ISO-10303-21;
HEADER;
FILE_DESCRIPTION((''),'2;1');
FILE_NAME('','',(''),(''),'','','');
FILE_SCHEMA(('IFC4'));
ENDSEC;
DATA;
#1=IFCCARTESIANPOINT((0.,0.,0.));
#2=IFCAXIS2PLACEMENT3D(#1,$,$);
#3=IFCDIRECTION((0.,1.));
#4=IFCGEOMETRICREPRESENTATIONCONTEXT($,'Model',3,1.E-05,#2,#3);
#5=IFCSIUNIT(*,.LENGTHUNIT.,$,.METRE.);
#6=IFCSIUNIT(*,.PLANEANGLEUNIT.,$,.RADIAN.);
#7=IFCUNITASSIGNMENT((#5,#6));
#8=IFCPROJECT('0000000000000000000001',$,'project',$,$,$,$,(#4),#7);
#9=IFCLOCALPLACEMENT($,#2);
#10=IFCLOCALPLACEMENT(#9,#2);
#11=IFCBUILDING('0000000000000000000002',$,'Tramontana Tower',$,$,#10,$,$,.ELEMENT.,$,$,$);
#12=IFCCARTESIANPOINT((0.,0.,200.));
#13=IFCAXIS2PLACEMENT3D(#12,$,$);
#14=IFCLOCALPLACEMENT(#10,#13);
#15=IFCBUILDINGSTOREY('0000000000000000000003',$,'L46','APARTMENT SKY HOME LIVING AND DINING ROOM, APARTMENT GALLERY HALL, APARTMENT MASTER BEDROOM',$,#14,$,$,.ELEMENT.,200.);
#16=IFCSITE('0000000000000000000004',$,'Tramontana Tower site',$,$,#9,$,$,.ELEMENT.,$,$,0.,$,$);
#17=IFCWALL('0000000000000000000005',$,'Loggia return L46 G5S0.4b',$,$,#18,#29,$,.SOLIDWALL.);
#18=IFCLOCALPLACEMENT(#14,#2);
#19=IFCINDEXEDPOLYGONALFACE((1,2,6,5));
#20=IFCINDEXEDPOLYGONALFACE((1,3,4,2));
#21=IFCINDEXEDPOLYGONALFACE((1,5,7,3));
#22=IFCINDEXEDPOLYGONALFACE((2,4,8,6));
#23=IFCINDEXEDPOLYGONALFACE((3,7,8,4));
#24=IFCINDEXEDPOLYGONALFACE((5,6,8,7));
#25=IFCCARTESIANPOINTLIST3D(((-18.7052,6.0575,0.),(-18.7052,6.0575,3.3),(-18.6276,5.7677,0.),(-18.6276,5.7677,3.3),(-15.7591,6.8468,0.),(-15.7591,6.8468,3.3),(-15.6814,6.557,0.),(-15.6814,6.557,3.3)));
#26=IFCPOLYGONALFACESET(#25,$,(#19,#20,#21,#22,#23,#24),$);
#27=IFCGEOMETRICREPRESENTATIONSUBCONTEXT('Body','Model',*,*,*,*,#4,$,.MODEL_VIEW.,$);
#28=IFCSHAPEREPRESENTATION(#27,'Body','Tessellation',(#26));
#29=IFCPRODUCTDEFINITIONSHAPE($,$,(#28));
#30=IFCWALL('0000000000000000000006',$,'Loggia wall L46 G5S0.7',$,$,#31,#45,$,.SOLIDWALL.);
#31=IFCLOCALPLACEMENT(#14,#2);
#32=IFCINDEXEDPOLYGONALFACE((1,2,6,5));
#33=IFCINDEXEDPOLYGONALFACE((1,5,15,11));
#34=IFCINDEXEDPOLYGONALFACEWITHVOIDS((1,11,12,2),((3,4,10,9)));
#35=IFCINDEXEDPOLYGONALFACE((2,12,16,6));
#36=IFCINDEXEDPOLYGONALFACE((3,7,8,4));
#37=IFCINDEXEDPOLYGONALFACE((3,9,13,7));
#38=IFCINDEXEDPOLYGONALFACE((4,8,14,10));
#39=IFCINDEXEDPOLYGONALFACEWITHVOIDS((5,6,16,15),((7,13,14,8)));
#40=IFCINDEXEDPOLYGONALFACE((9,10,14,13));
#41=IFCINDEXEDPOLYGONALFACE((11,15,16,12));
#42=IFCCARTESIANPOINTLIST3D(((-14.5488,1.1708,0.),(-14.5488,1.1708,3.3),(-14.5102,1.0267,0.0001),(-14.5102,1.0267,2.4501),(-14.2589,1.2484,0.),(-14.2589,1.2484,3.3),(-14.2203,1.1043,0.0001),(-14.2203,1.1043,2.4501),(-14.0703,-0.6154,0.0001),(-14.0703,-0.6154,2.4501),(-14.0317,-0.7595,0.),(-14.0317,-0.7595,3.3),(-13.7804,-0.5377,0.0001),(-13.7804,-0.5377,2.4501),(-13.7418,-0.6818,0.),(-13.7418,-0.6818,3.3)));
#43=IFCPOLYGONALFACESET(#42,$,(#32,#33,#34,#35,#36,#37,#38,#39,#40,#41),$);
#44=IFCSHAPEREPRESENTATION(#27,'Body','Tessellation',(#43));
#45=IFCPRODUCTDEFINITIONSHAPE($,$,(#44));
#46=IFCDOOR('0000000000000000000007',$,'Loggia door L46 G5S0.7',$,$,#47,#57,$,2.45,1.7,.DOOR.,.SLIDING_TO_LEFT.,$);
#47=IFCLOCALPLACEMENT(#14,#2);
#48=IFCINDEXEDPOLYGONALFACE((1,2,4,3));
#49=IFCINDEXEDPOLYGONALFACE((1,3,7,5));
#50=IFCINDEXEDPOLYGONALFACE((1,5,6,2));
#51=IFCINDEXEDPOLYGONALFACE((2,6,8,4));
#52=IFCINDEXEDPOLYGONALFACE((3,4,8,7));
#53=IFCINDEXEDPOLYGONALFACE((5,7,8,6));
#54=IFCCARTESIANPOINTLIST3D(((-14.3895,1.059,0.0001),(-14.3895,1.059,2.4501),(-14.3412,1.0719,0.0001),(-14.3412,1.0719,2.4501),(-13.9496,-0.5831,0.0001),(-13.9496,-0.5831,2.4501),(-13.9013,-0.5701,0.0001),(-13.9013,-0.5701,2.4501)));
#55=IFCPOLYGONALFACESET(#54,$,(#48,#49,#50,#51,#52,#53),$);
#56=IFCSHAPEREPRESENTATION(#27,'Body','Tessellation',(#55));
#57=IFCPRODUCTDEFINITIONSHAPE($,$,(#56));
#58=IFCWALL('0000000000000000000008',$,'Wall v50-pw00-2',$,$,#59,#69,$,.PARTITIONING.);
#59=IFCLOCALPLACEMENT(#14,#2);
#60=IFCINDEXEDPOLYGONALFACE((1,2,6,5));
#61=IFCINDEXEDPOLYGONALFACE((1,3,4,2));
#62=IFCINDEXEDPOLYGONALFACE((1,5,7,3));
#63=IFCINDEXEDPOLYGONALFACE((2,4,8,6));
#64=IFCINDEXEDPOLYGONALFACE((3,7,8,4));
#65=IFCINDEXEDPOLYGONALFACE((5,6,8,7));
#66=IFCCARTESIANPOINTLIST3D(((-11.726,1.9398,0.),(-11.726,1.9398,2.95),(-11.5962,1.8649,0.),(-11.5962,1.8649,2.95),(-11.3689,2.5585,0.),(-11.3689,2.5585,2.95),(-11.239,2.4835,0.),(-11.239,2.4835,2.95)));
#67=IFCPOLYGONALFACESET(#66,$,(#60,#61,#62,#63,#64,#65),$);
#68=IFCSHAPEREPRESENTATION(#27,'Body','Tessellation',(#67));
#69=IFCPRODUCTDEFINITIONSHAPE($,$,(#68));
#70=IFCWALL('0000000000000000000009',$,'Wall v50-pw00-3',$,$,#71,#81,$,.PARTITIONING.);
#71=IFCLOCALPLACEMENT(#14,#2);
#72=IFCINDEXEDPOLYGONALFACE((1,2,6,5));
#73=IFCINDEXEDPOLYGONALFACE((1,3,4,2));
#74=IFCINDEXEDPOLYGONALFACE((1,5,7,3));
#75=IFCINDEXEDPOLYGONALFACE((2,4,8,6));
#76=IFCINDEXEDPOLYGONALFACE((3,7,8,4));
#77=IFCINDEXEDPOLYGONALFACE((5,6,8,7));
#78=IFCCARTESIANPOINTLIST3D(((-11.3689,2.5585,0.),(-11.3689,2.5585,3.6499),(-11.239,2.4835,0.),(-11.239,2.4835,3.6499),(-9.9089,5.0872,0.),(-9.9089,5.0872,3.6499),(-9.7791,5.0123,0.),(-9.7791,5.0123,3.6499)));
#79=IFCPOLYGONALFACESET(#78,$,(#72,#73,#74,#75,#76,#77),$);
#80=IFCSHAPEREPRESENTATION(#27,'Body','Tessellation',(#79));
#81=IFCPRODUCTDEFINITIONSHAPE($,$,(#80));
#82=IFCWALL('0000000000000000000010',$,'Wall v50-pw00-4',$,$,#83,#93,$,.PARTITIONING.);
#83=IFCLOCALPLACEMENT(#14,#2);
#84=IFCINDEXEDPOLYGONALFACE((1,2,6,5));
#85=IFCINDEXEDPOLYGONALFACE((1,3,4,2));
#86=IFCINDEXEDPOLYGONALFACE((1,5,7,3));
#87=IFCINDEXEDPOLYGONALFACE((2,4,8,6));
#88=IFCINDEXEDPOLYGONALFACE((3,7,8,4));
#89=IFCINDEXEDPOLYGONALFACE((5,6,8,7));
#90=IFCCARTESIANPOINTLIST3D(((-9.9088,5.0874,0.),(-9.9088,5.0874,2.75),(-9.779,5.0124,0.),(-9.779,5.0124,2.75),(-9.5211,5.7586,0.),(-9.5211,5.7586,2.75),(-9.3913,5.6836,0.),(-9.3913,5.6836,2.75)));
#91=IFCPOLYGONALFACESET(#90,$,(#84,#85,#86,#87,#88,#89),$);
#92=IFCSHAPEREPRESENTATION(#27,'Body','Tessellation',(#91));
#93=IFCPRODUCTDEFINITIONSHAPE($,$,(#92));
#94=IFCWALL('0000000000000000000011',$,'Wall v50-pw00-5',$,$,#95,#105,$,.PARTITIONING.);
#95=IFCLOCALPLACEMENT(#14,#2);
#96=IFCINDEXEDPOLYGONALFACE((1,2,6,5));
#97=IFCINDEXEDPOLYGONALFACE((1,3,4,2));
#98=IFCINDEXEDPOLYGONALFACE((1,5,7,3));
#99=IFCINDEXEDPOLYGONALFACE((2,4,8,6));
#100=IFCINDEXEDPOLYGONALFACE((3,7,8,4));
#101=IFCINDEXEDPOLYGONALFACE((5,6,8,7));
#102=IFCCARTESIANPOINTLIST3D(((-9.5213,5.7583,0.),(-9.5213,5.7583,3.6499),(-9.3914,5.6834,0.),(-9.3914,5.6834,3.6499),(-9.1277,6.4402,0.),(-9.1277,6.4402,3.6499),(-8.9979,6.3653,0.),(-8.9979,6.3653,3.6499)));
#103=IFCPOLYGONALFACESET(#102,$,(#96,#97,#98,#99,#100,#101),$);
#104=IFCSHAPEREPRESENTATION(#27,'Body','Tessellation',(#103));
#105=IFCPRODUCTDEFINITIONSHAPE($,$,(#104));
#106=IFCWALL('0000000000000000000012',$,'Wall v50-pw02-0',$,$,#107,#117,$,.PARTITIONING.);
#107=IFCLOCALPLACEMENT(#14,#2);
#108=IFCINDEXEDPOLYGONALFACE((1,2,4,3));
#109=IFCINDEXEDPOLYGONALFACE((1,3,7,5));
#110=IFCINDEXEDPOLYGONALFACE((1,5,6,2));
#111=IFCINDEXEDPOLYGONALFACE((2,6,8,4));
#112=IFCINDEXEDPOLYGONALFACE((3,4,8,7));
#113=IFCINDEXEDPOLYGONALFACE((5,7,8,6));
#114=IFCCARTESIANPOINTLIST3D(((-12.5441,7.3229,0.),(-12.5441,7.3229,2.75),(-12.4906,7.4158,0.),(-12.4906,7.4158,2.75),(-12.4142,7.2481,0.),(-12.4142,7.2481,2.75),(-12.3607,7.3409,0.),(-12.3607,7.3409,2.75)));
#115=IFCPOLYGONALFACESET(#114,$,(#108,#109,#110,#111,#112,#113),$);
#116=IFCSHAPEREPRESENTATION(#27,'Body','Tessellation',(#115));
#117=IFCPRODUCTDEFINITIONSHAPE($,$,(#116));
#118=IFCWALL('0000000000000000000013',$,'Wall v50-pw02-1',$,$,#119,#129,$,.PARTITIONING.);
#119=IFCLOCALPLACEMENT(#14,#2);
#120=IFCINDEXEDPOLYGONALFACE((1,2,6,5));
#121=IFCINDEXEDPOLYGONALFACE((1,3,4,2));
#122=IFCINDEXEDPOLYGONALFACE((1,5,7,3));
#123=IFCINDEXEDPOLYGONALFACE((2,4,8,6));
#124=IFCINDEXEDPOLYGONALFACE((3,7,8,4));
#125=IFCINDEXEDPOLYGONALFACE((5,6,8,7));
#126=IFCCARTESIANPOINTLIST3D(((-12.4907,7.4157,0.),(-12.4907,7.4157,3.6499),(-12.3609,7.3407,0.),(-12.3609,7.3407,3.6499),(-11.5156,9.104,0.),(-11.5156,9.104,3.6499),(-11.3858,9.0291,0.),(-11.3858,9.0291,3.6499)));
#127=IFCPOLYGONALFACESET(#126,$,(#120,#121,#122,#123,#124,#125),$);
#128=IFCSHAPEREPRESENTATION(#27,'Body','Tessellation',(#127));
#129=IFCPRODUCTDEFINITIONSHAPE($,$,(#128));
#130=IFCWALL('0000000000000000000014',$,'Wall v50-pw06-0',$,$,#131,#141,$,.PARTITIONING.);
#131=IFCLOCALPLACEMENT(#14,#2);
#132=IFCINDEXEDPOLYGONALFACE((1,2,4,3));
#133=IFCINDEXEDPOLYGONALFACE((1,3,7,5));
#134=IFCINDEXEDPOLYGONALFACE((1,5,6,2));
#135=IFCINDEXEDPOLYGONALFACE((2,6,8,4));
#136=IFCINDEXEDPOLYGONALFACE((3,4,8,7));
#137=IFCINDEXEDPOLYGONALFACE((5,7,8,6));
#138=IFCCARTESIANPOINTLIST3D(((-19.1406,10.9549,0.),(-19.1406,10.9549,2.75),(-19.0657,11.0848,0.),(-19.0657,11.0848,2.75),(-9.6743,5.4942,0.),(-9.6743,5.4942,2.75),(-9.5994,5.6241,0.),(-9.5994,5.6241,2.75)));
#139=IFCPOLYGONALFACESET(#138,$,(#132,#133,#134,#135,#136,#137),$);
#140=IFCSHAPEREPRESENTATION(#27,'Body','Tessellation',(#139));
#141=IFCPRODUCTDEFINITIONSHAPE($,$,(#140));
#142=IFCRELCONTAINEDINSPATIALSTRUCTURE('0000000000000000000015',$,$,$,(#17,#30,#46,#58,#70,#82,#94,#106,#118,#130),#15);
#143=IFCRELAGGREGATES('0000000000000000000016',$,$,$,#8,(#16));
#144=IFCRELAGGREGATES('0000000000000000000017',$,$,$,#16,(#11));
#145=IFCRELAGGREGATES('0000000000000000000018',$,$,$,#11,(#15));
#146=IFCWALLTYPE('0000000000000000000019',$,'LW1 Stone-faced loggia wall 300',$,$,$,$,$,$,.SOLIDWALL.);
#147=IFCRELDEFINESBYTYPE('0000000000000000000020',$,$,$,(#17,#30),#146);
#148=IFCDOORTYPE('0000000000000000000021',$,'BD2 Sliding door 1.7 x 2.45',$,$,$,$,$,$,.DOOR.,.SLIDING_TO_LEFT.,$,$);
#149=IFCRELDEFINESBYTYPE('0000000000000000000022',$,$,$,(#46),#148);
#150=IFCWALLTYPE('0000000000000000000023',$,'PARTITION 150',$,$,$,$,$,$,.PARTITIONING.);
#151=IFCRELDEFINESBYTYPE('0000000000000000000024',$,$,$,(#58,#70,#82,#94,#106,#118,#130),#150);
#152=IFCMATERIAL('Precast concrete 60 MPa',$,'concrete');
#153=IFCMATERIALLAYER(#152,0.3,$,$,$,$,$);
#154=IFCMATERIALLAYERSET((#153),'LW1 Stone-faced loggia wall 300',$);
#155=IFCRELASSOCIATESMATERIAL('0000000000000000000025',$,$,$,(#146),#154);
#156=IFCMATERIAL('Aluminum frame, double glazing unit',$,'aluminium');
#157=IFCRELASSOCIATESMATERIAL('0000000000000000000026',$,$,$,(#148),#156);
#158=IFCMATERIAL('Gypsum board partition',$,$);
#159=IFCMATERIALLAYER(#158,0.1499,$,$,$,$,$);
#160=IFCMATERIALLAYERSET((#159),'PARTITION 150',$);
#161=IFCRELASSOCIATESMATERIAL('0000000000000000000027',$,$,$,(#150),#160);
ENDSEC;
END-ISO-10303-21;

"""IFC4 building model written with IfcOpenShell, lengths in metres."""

from ifc_helpers import new_model, si_unit, direction, frame, frame_2d, origin, place, context, subcontext, project, spatial, rectangle, extrude, material, layer, layer_set, type_object, element, fill, save


model = new_model("IFC4")

# Units and contexts
model_context = context("Model", 3, precision=1e-05, world=origin(), true_north=direction((0.0, 1.0)))
body_context = subcontext(model_context, "Body", "Model", "MODEL_VIEW")
ifc_project = project(units=[si_unit("LENGTHUNIT", "METRE"), si_unit("PLANEANGLEUNIT", "RADIAN")], contexts=[model_context])

# Site, building, storey
site_placement = place(None, origin())
site = spatial("IfcSite", under=ifc_project, at=site_placement, Name="Tramontana Tower site", CompositionType="ELEMENT", RefElevation=0.0)
building_placement = place(site_placement, origin())
building = spatial("IfcBuilding", under=site, at=building_placement, Name="Tramontana Tower", CompositionType="ELEMENT")
storey_placement = place(building_placement, frame((0.0, 0.0, 200.0)))
storey = spatial("IfcBuildingStorey", under=building, at=storey_placement, Name="L46", Description="APARTMENT SKY HOME LIVING AND DINING ROOM, APARTMENT GALLERY HALL, APARTMENT MASTER BEDROOM", CompositionType="ELEMENT", Elevation=200.0)

# Shared definitions
ifc_material_1 = material(Name="Precast concrete 60 MPa", Category="concrete")
ifc_layer_1 = layer(ifc_material_1, 0.3)
ifc_layer_set_1 = layer_set([ifc_layer_1], Name="LW1 Stone-faced loggia wall 300")
wall_type_1 = type_object("IfcWallType", Name="LW1 Stone-faced loggia wall 300", PredefinedType="SOLIDWALL", material=ifc_layer_set_1)
ifc_material_2 = material(Name="Aluminum frame, double glazing unit", Category="aluminium")
door_type_1 = type_object("IfcDoorType", Name="BD2 Sliding door 1.7 x 2.45", OperationType="SLIDING_TO_LEFT", PredefinedType="DOOR", material=ifc_material_2)

# Wall
wall_1_placement = place(storey_placement, frame((-18.6663, 5.9126, 0.0), z_axis=(0.0, 0.0, 1.0), x_axis=(0.965933, 0.258793, 0.0)))
element("IfcWall", 1, at=wall_1_placement, inside=storey, type_object=wall_type_1, Name="Loggia return L46 G5S0.4b", PredefinedType="SOLIDWALL", context=body_context, shape_type="SweptSolid", body=[
    extrude(rectangle(XDim=3.05, YDim=0.3, at=frame_2d((1.5249, 0.0))), origin(), (0.0, 0.0, 1.0), 3.3),
])

# Wall, opening, door
wall_2_placement = place(storey_placement, frame((-14.4038, 1.2095, 0.0), z_axis=(0.0, 0.0, 1.0), x_axis=(0.258773, -0.965938, 0.0)))
wall_2 = element("IfcWall", 2, at=wall_2_placement, inside=storey, type_object=wall_type_1, Name="Loggia wall L46 G5S0.7", PredefinedType="SOLIDWALL", context=body_context, shape_type="SweptSolid", body=[
    extrude(rectangle(XDim=1.9983, YDim=0.3, at=frame_2d((0.999, 0.0))), origin(), (0.0, 0.0, 1.0), 3.3),
])
opening_1_placement = place(wall_2_placement, frame((0.1489, 0.0, 0.0)))
opening_1 = element("IfcOpeningElement", 3, at=opening_1_placement, cuts=wall_2, PredefinedType="OPENING", context=body_context, shape_type="SweptSolid", body=[
    extrude(rectangle(XDim=1.7, YDim=2.45, at=frame_2d((0.8501, 1.2251))), frame((0.0, 0.1599, 0.0), z_axis=(0.0, -1.0, 0.0), x_axis=(1.0, 0.0, 0.0)), (0.0, 0.0, 1.0), 0.3201),
])
door_1_placement = place(opening_1_placement, origin())
door_1 = element("IfcDoor", 4, at=door_1_placement, inside=storey, type_object=door_type_1, Name="Loggia door L46 G5S0.7", OperationType="SLIDING_TO_LEFT", OverallHeight=2.45, OverallWidth=1.7, PredefinedType="DOOR", context=body_context, shape_type="SweptSolid", body=[
    extrude(rectangle(XDim=1.7, YDim=2.45, at=frame_2d((0.8501, 1.2251))), frame((0.0, 0.0249, 0.0), z_axis=(0.0, -1.0, 0.0), x_axis=(1.0, 0.0, 0.0)), (0.0, 0.0, 1.0), 0.05),
])
fill(opening_1, door_1)

# Walls
ifc_material_3 = material(Name="Gypsum board partition")
ifc_layer_2 = layer(ifc_material_3, 0.1499)
ifc_layer_set_2 = layer_set([ifc_layer_2], Name="PARTITION 150")
wall_type_2 = type_object("IfcWallType", Name="PARTITION 150", PredefinedType="PARTITIONING", material=ifc_layer_set_2)
wall_3_placement = place(storey_placement, frame((-11.6611, 1.9023, 0.0), z_axis=(0.0, 0.0, 1.0), x_axis=(0.499999, 0.866026, 0.0)))
element("IfcWall", 5, at=wall_3_placement, inside=storey, type_object=wall_type_2, Name="Wall v50-pw00-2", PredefinedType="PARTITIONING", context=body_context, shape_type="SweptSolid", body=[
    extrude(rectangle(XDim=0.7144, YDim=0.1499, at=frame_2d((0.3572, 0.0))), origin(), (0.0, 0.0, 1.0), 2.95),
])
wall_4_placement = place(storey_placement, frame((-11.304, 2.521, 0.0), z_axis=(0.0, 0.0, 1.0), x_axis=(0.499988, 0.866032, 0.0)))
element("IfcWall", 6, at=wall_4_placement, inside=storey, type_object=wall_type_2, Name="Wall v50-pw00-3", PredefinedType="PARTITIONING", context=body_context, shape_type="SweptSolid", body=[
    extrude(rectangle(XDim=2.9199, YDim=0.1499, at=frame_2d((1.46, 0.0))), origin(), (0.0, 0.0, 1.0), 3.6499),
])
wall_5_placement = place(storey_placement, frame((-9.844, 5.0498, 0.0), z_axis=(0.0, 0.0, 1.0), x_axis=(0.500204, 0.865908, 0.0)))
element("IfcWall", 7, at=wall_5_placement, inside=storey, type_object=wall_type_2, Name="Wall v50-pw00-4", PredefinedType="PARTITIONING", context=body_context, shape_type="SweptSolid", body=[
    extrude(rectangle(XDim=0.7751, YDim=0.1499, at=frame_2d((0.3877, 0.0))), origin(), (0.0, 0.0, 1.0), 2.75),
])
wall_6_placement = place(storey_placement, frame((-9.4563, 5.7209, 0.0), z_axis=(0.0, 0.0, 1.0), x_axis=(0.499875, 0.866098, 0.0)))
element("IfcWall", 8, at=wall_6_placement, inside=storey, type_object=wall_type_2, Name="Wall v50-pw00-5", PredefinedType="PARTITIONING", context=body_context, shape_type="SweptSolid", body=[
    extrude(rectangle(XDim=0.7874, YDim=0.1499, at=frame_2d((0.3936, 0.0))), origin(), (0.0, 0.0, 1.0), 3.6499),
])

# Walls
wall_7_placement = place(storey_placement, frame((-12.4792, 7.2854, 0.0), z_axis=(0.0, 0.0, 1.0), x_axis=(0.499328, 0.866413, 0.0)))
element("IfcWall", 9, at=wall_7_placement, inside=storey, type_object=wall_type_2, Name="Wall v50-pw02-0", PredefinedType="PARTITIONING", context=body_context, shape_type="SweptSolid", body=[
    extrude(rectangle(XDim=0.1072, YDim=0.1499, at=frame_2d((0.0537, 0.0))), origin(), (0.0, 0.0, 1.0), 2.75),
])
wall_8_placement = place(storey_placement, frame((-12.4258, 7.3782, 0.0), z_axis=(0.0, 0.0, 1.0), x_axis=(0.500098, 0.865969, 0.0)))
element("IfcWall", 10, at=wall_8_placement, inside=storey, type_object=wall_type_2, Name="Wall v50-pw02-1", PredefinedType="PARTITIONING", context=body_context, shape_type="SweptSolid", body=[
    extrude(rectangle(XDim=1.9497, YDim=0.1499, at=frame_2d((0.9749, 0.0))), origin(), (0.0, 0.0, 1.0), 3.6499),
])
wall_9_placement = place(storey_placement, frame((-9.6367, 5.5591, 0.0), z_axis=(0.0, 0.0, 1.0), x_axis=(-0.866211, 0.499679, 0.0)))
element("IfcWall", 11, at=wall_9_placement, inside=storey, type_object=wall_type_2, Name="Wall v50-pw06-0", PredefinedType="PARTITIONING", context=body_context, shape_type="SweptSolid", body=[
    extrude(rectangle(XDim=10.9285, YDim=0.1499, at=frame_2d((5.4644, 0.0))), origin(), (0.0, 0.0, 1.0), 2.75),
])

save(model, "model.ifc")
